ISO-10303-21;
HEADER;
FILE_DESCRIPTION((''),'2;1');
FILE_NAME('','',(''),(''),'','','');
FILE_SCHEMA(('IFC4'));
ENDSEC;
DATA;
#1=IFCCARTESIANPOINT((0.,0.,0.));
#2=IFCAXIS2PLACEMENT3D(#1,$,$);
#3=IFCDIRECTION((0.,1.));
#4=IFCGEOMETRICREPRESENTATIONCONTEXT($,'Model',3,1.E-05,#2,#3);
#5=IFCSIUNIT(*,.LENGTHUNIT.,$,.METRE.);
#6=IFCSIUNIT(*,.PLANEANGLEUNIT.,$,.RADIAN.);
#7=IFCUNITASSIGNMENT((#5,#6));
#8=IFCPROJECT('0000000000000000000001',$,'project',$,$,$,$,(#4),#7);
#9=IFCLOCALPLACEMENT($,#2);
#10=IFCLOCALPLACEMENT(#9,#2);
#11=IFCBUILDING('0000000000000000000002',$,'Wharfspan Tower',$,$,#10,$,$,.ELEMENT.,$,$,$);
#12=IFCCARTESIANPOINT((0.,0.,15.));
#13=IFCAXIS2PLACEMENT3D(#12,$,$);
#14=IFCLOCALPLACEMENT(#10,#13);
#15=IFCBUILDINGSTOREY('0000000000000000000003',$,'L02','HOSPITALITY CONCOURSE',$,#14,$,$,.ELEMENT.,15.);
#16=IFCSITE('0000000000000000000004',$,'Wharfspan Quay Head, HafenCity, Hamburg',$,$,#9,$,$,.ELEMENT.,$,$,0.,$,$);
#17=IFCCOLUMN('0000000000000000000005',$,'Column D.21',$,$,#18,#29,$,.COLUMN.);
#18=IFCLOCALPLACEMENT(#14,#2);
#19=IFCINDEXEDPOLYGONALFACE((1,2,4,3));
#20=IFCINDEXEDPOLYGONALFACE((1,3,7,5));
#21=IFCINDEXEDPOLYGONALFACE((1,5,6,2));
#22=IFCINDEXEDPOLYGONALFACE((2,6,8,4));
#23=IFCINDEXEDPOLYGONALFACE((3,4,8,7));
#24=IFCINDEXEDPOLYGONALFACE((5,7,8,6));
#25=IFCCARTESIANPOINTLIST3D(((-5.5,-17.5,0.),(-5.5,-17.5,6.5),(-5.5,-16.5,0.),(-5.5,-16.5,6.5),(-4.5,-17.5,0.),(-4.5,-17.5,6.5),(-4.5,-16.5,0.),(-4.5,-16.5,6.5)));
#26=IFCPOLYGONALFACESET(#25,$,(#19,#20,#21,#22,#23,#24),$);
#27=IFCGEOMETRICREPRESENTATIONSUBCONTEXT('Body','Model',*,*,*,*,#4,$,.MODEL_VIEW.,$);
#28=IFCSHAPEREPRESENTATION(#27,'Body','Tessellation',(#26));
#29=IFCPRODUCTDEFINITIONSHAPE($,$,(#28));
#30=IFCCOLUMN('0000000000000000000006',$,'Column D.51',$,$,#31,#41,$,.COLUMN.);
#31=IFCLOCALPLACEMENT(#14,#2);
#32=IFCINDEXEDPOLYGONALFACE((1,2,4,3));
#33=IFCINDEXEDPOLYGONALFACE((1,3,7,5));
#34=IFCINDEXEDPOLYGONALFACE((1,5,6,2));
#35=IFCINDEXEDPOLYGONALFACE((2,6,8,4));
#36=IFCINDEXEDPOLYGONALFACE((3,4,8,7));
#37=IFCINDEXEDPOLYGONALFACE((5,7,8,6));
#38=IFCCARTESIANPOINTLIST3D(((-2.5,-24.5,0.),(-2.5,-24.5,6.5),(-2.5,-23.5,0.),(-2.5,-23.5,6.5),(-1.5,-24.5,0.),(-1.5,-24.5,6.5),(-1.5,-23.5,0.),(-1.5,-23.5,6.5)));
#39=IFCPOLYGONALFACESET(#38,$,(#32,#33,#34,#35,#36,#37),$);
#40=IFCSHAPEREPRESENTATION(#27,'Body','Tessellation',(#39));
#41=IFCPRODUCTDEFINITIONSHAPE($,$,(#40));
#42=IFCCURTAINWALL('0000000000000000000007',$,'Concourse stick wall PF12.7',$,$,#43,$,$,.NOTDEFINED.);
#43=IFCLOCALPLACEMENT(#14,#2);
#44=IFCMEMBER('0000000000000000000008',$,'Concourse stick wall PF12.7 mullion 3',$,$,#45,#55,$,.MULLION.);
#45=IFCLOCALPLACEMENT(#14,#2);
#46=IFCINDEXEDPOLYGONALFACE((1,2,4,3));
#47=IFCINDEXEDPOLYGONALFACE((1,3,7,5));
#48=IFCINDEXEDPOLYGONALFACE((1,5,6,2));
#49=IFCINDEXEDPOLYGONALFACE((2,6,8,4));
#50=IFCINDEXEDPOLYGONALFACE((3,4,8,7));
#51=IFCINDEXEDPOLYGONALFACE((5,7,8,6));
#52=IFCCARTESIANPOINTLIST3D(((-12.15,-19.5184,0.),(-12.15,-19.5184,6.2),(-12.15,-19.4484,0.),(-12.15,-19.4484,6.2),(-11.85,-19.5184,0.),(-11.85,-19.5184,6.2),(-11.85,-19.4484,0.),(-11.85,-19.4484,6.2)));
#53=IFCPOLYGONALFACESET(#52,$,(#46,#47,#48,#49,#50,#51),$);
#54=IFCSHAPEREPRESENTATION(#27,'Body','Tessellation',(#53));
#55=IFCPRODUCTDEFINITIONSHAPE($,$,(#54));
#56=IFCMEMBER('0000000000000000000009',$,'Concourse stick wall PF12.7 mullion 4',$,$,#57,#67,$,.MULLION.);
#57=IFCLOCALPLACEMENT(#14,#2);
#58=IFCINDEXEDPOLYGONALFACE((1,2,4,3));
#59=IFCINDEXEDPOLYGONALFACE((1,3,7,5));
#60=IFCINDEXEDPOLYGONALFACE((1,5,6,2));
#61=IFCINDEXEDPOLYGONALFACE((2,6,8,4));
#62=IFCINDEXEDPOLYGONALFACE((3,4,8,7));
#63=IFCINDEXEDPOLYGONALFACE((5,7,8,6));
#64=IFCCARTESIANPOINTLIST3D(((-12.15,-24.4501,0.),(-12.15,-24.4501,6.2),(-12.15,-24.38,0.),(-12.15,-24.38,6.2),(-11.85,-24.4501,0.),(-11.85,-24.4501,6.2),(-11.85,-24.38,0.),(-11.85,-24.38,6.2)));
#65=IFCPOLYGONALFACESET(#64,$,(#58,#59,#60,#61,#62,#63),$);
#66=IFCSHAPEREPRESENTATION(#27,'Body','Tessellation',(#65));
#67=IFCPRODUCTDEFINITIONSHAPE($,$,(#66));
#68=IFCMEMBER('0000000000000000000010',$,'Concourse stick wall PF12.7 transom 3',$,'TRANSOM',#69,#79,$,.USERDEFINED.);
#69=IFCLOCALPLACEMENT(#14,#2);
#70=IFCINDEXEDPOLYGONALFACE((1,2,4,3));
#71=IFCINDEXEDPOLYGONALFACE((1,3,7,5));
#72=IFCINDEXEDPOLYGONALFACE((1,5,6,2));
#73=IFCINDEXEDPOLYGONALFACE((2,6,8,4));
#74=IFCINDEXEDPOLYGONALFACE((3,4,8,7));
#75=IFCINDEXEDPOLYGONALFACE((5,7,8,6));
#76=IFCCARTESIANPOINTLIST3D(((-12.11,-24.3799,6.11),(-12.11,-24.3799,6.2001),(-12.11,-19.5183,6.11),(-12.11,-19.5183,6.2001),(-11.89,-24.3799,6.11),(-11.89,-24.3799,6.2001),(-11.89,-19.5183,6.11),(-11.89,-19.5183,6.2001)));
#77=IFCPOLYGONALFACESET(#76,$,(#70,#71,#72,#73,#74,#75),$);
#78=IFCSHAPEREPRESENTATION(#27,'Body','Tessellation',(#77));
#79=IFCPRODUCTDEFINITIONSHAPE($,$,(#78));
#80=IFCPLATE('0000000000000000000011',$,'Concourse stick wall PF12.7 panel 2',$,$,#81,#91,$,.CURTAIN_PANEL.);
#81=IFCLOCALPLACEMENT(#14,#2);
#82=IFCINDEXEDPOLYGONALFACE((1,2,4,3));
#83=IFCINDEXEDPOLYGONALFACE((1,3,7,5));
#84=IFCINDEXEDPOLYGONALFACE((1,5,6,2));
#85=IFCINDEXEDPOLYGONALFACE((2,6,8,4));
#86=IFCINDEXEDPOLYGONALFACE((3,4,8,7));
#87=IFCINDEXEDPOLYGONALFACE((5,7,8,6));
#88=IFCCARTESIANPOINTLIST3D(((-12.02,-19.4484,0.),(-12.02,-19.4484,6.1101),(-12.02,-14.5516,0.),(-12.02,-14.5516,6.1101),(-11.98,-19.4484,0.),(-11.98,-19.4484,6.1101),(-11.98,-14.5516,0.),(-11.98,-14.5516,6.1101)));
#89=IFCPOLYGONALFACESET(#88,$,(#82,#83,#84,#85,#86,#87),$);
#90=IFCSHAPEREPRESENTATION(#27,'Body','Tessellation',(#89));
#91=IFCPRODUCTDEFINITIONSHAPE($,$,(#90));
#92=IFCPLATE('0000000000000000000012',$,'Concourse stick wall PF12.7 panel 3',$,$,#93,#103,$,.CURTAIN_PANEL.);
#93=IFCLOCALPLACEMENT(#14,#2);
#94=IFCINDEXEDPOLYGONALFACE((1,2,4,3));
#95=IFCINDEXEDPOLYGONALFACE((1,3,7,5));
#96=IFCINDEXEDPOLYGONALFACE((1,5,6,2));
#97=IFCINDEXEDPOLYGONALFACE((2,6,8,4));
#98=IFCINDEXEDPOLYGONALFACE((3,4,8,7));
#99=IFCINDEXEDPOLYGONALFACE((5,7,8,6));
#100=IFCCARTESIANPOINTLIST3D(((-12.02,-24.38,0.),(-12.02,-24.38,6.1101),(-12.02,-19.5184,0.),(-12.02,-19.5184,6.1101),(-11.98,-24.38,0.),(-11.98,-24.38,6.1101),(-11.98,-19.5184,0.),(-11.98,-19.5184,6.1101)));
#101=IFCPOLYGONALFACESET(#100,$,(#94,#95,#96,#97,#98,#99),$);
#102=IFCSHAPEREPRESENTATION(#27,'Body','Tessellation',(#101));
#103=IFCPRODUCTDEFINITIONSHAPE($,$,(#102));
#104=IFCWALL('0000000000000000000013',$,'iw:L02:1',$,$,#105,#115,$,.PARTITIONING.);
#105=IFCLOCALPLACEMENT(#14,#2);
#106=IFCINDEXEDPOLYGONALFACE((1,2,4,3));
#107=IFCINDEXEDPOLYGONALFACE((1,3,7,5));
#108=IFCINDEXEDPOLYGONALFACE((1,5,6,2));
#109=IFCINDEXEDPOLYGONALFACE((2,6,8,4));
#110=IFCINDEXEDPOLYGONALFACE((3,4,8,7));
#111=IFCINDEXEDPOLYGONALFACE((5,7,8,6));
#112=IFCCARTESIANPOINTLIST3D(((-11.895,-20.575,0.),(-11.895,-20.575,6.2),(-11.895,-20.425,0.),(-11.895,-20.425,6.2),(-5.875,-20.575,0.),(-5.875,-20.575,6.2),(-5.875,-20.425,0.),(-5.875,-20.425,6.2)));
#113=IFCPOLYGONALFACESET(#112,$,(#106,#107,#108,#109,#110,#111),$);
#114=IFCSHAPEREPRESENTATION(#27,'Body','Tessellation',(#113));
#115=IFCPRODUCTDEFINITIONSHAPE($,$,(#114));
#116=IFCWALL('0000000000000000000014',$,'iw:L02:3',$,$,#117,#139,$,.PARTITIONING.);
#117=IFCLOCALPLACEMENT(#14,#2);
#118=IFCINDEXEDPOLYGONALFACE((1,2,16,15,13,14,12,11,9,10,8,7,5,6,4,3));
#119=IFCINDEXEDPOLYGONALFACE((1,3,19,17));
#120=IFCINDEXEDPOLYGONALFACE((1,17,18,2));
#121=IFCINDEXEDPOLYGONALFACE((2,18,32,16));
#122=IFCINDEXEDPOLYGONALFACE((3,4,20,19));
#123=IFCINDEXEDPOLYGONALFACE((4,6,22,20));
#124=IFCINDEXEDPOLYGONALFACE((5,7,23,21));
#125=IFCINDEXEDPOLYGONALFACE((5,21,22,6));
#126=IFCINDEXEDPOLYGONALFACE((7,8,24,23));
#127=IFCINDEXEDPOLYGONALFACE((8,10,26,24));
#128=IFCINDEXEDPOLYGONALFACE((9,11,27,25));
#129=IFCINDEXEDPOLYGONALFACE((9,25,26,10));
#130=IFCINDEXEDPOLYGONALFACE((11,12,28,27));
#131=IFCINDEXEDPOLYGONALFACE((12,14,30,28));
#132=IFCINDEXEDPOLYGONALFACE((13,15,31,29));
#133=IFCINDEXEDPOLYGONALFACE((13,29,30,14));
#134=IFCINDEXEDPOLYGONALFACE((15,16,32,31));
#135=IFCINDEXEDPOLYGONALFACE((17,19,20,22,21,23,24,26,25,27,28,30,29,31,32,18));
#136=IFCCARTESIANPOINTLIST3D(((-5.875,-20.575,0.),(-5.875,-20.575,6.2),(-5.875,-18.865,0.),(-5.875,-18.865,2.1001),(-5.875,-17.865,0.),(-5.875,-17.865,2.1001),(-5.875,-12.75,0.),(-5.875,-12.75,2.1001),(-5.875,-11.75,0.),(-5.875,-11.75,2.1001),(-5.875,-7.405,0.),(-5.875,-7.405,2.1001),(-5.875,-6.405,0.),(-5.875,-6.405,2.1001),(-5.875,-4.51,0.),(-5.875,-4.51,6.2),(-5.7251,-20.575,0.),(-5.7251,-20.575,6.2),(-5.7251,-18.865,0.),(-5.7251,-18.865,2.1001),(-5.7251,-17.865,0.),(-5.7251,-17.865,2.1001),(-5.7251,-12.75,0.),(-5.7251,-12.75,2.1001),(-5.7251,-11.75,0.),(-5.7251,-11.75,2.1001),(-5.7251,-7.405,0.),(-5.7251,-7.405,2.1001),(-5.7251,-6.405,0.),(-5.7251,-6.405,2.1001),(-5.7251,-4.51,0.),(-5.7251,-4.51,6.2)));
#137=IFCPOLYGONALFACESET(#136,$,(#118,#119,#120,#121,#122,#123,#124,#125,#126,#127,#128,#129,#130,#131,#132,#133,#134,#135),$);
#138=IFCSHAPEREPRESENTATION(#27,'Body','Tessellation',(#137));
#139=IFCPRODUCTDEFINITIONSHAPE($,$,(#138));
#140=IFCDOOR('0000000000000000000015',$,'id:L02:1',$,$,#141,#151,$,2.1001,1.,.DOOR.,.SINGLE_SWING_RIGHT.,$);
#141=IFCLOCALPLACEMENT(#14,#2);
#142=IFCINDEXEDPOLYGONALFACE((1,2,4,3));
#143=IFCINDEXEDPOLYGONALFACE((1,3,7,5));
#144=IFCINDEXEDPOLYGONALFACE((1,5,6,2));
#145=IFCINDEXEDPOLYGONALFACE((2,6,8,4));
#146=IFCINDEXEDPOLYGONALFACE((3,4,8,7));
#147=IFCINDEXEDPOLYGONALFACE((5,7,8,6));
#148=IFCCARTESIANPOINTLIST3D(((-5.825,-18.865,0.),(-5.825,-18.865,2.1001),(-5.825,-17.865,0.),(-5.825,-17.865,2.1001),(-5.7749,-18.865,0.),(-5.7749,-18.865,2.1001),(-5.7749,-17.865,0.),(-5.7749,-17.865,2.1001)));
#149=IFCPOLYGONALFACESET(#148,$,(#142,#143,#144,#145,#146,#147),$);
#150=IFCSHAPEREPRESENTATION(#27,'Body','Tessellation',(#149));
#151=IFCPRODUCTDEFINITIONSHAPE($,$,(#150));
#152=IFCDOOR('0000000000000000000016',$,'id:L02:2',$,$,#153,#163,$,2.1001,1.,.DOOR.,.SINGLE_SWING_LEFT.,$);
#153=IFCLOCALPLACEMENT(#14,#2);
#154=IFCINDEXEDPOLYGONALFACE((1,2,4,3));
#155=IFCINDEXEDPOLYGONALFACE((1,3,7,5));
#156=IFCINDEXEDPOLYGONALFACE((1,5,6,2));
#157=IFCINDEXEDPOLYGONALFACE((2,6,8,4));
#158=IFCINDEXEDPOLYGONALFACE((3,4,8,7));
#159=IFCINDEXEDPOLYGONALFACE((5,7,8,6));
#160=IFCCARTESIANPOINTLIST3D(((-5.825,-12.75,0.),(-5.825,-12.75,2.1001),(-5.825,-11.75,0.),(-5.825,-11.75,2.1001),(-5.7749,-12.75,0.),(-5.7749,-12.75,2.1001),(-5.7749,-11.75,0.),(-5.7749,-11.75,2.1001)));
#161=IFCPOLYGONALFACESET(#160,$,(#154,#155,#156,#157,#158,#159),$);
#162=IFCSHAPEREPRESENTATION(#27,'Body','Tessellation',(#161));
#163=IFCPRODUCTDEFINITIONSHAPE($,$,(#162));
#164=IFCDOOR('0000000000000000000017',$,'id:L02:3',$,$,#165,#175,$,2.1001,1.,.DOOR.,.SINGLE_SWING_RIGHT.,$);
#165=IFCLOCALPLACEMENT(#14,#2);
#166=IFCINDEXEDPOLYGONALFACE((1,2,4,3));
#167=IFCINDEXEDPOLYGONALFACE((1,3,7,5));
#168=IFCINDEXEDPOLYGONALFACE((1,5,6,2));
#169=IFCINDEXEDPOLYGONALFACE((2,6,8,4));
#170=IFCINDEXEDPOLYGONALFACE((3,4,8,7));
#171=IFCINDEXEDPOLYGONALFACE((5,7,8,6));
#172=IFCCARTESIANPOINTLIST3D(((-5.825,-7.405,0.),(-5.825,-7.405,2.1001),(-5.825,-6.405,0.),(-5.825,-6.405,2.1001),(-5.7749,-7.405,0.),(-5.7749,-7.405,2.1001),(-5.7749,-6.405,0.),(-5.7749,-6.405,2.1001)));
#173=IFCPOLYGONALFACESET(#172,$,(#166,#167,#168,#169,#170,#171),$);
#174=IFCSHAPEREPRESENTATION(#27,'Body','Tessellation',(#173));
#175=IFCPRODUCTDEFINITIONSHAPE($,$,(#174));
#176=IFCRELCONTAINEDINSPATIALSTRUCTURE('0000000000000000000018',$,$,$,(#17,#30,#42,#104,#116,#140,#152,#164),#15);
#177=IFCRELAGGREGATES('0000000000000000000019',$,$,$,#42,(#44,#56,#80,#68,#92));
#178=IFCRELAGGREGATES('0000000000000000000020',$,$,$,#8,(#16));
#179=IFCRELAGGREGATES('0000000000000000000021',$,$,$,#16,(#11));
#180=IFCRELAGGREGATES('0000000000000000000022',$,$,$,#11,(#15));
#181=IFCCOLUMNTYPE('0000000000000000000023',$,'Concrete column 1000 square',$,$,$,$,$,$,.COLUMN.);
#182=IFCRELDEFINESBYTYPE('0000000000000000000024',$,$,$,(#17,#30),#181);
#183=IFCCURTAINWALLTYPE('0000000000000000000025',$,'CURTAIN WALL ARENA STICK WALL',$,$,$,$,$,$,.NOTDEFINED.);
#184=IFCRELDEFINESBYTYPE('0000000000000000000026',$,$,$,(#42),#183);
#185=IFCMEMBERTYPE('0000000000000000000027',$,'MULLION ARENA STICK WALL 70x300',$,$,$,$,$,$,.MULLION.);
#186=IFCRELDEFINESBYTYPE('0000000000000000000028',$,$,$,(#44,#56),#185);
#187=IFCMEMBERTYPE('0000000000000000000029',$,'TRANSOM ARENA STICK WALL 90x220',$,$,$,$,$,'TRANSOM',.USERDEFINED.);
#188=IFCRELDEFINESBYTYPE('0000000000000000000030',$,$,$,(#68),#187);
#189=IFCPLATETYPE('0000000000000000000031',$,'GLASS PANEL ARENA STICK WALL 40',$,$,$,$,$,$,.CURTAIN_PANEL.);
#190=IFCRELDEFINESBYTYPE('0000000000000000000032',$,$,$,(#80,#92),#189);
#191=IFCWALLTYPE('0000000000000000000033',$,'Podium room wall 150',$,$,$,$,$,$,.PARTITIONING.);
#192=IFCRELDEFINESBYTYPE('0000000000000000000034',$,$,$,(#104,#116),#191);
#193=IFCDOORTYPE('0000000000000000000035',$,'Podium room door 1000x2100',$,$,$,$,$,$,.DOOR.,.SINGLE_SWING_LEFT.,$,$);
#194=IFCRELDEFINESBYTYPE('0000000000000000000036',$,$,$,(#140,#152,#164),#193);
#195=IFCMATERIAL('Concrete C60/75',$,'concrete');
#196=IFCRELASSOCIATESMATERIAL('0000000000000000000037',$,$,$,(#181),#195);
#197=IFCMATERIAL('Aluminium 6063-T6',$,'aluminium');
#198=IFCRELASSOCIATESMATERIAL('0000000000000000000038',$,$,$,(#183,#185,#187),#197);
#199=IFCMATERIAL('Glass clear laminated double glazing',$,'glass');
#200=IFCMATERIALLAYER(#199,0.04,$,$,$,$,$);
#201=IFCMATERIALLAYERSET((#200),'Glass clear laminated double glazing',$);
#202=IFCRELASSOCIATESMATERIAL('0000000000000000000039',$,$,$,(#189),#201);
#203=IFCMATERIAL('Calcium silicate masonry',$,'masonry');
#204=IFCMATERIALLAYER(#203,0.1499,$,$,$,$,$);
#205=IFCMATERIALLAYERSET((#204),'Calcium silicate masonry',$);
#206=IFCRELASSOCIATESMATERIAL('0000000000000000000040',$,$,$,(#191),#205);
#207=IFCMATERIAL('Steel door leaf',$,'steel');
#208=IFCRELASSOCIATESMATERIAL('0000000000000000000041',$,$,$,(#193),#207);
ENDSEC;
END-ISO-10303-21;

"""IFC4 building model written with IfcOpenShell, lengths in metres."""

from ifc_helpers import new_model, si_unit, direction, frame, frame_2d, origin, origin_2d, place, context, subcontext, project, spatial, rectangle, extrude, material, layer, layer_set, material_profile, profile_set, type_object, element, fill, aggregate, save


model = new_model("IFC4")

# Units and contexts
model_context = context("Model", 3, precision=1e-05, world=origin(), true_north=direction((0.0, 1.0)))
body_context = subcontext(model_context, "Body", "Model", "MODEL_VIEW")
ifc_project = project(units=[si_unit("LENGTHUNIT", "METRE"), si_unit("PLANEANGLEUNIT", "RADIAN")], contexts=[model_context])

# Site, building, storey
site_placement = place(None, origin())
site = spatial("IfcSite", under=ifc_project, at=site_placement, Name="Wharfspan Quay Head, HafenCity, Hamburg", CompositionType="ELEMENT", RefElevation=0.0)
building_placement = place(site_placement, origin())
building = spatial("IfcBuilding", under=site, at=building_placement, Name="Wharfspan Tower", CompositionType="ELEMENT")
storey_placement = place(building_placement, frame((0.0, 0.0, 15.0)))
storey = spatial("IfcBuildingStorey", under=building, at=storey_placement, Name="L02", Description="HOSPITALITY CONCOURSE", CompositionType="ELEMENT", Elevation=15.0)

# Columns
ifc_material_1 = material(Name="Concrete C60/75", Category="concrete")
ifc_material_profile_1 = material_profile(ifc_material_1, rectangle(XDim=1.0, YDim=1.0, at=origin_2d()))
ifc_profile_set_1 = profile_set([ifc_material_profile_1], Name="Concrete C60/75")
column_type = type_object("IfcColumnType", Name="Concrete column 1000 square", PredefinedType="COLUMN", material=ifc_profile_set_1)
for number, where, z_axis, x_axis, name in (
    (1, (-5.0, -17.0, 0.0), (0.0, 0.0, 1.0), (1.0, 0.0, 0.0), "Column D.21"),
    (2, (-2.0, -24.0, 0.0), (0.0, 0.0, 1.0), (1.0, 0.0, 0.0), "Column D.51"),
):
    element("IfcColumn", number, at=place(storey_placement, frame(where, z_axis=z_axis, x_axis=x_axis)), inside=storey, type_object=column_type, Name=name, PredefinedType="COLUMN", context=body_context, shape_type="SweptSolid", body=[
        extrude(rectangle(XDim=1.0, YDim=1.0, at=origin_2d()), origin(), (0.0, 0.0, 1.0), 6.5),
    ])

# Curtain wall, members, plates
ifc_material_2 = material(Name="Aluminium 6063-T6", Category="aluminium")
curtain_wall_type = type_object("IfcCurtainWallType", Name="CURTAIN WALL ARENA STICK WALL", PredefinedType="NOTDEFINED", material=ifc_material_2)
curtain_wall_placement = place(storey_placement, origin())
curtain_wall = element("IfcCurtainWall", 3, at=curtain_wall_placement, inside=storey, type_object=curtain_wall_type, Name="Concourse stick wall PF12.7", PredefinedType="NOTDEFINED")
ifc_material_profile_2 = material_profile(ifc_material_2, rectangle(XDim=0.3, YDim=0.0701, at=origin_2d()))
ifc_profile_set_2 = profile_set([ifc_material_profile_2], Name="Aluminium 6063-T6")
member_type_1 = type_object("IfcMemberType", Name="MULLION ARENA STICK WALL 70x300", PredefinedType="MULLION", material=ifc_profile_set_2)
member_1_placement = place(storey_placement, frame((-12.0, -19.4834, 0.0), z_axis=(0.0, 0.0, 1.0), x_axis=(1.0, 0.0, 0.0)))
member_1 = element("IfcMember", 4, at=member_1_placement, type_object=member_type_1, Name="Concourse stick wall PF12.7 mullion 3", PredefinedType="MULLION", context=body_context, shape_type="SweptSolid", body=[
    extrude(rectangle(XDim=0.3, YDim=0.0701, at=origin_2d()), origin(), (0.0, 0.0, 1.0), 6.2),
])
member_2_placement = place(storey_placement, frame((-12.0, -24.415, 0.0), z_axis=(0.0, 0.0, 1.0), x_axis=(1.0, 0.0, 0.0)))
member_2 = element("IfcMember", 5, at=member_2_placement, type_object=member_type_1, Name="Concourse stick wall PF12.7 mullion 4", PredefinedType="MULLION", context=body_context, shape_type="SweptSolid", body=[
    extrude(rectangle(XDim=0.3, YDim=0.0701, at=origin_2d()), origin(), (0.0, 0.0, 1.0), 6.2),
])
ifc_material_profile_3 = material_profile(ifc_material_2, rectangle(XDim=0.22, YDim=0.0901, at=origin_2d()))
ifc_profile_set_3 = profile_set([ifc_material_profile_3], Name="Aluminium 6063-T6")
member_type_2 = type_object("IfcMemberType", Name="TRANSOM ARENA STICK WALL 90x220", ElementType="TRANSOM", PredefinedType="USERDEFINED", material=ifc_profile_set_3)
member_3_placement = place(storey_placement, frame((-12.0, -19.5183, 6.155), z_axis=(0.0, -1.0, 0.0), x_axis=(1.0, 0.0, 0.0)))
member_3 = element("IfcMember", 6, at=member_3_placement, type_object=member_type_2, Name="Concourse stick wall PF12.7 transom 3", ObjectType="TRANSOM", PredefinedType="USERDEFINED", context=body_context, shape_type="SweptSolid", body=[
    extrude(rectangle(XDim=0.22, YDim=0.0901, at=origin_2d()), origin(), (0.0, 0.0, 1.0), 4.8616),
])
ifc_material_3 = material(Name="Glass clear laminated double glazing", Category="glass")
ifc_layer_1 = layer(ifc_material_3, 0.04)
ifc_layer_set_1 = layer_set([ifc_layer_1], Name="Glass clear laminated double glazing")
plate_type = type_object("IfcPlateType", Name="GLASS PANEL ARENA STICK WALL 40", PredefinedType="CURTAIN_PANEL", material=ifc_layer_set_1)
plate_1_placement = place(storey_placement, frame((-12.0, -17.0, 0.0), z_axis=(0.0, 0.0, 1.0), x_axis=(0.0, -1.0, 0.0)))
plate_1 = element("IfcPlate", 7, at=plate_1_placement, type_object=plate_type, Name="Concourse stick wall PF12.7 panel 2", PredefinedType="CURTAIN_PANEL", context=body_context, shape_type="SweptSolid", body=[
    extrude(rectangle(XDim=4.8967, YDim=0.04, at=origin_2d()), origin(), (0.0, 0.0, 1.0), 6.1101),
])
plate_2_placement = place(storey_placement, frame((-12.0, -21.9492, 0.0), z_axis=(0.0, 0.0, 1.0), x_axis=(0.0, -1.0, 0.0)))
plate_2 = element("IfcPlate", 8, at=plate_2_placement, type_object=plate_type, Name="Concourse stick wall PF12.7 panel 3", PredefinedType="CURTAIN_PANEL", context=body_context, shape_type="SweptSolid", body=[
    extrude(rectangle(XDim=4.8616, YDim=0.04, at=origin_2d()), origin(), (0.0, 0.0, 1.0), 6.1101),
])
aggregate(curtain_wall, [member_1, member_2, plate_1, member_3, plate_2])

# Wall
ifc_material_4 = material(Name="Calcium silicate masonry", Category="masonry")
ifc_layer_2 = layer(ifc_material_4, 0.1499)
ifc_layer_set_2 = layer_set([ifc_layer_2], Name="Calcium silicate masonry")
wall_type = type_object("IfcWallType", Name="Podium room wall 150", PredefinedType="PARTITIONING", material=ifc_layer_set_2)
wall_1_placement = place(storey_placement, frame((-11.895, -20.5, 0.0), z_axis=(0.0, 0.0, 1.0), x_axis=(1.0, 0.0, 0.0)))
element("IfcWall", 9, at=wall_1_placement, inside=storey, type_object=wall_type, Name="iw:L02:1", PredefinedType="PARTITIONING", context=body_context, shape_type="SweptSolid", body=[
    extrude(rectangle(XDim=6.02, YDim=0.1499, at=frame_2d((3.01, 0.0))), origin(), (0.0, 0.0, 1.0), 6.2),
])

# Wall, openings, doors
wall_2_placement = place(storey_placement, frame((-5.8, -20.575, 0.0), z_axis=(0.0, 0.0, 1.0), x_axis=(0.0, 1.0, 0.0)))
wall_2 = element("IfcWall", 10, at=wall_2_placement, inside=storey, type_object=wall_type, Name="iw:L02:3", PredefinedType="PARTITIONING", context=body_context, shape_type="SweptSolid", body=[
    extrude(rectangle(XDim=16.0649, YDim=0.1499, at=frame_2d((8.0325, 0.0))), origin(), (0.0, 0.0, 1.0), 6.2),
])
opening_1_placement = place(wall_2_placement, frame((1.71, 0.0, 0.0)))
opening_1 = element("IfcOpeningElement", 11, at=opening_1_placement, cuts=wall_2, PredefinedType="OPENING", context=body_context, shape_type="SweptSolid", body=[
    extrude(rectangle(XDim=1.0, YDim=2.1001, at=frame_2d((0.5, 1.05))), frame((0.0, 0.085, 0.0), z_axis=(0.0, -1.0, 0.0), x_axis=(1.0, 0.0, 0.0)), (0.0, 0.0, 1.0), 0.1699),
])
opening_2_placement = place(wall_2_placement, frame((7.825, 0.0, 0.0)))
opening_2 = element("IfcOpeningElement", 12, at=opening_2_placement, cuts=wall_2, PredefinedType="OPENING", context=body_context, shape_type="SweptSolid", body=[
    extrude(rectangle(XDim=1.0, YDim=2.1001, at=frame_2d((0.5, 1.05))), frame((0.0, 0.085, 0.0), z_axis=(0.0, -1.0, 0.0), x_axis=(1.0, 0.0, 0.0)), (0.0, 0.0, 1.0), 0.1699),
])
opening_3_placement = place(wall_2_placement, frame((13.1699, 0.0, 0.0)))
opening_3 = element("IfcOpeningElement", 13, at=opening_3_placement, cuts=wall_2, PredefinedType="OPENING", context=body_context, shape_type="SweptSolid", body=[
    extrude(rectangle(XDim=1.0, YDim=2.1001, at=frame_2d((0.5, 1.05))), frame((0.0, 0.085, 0.0), z_axis=(0.0, -1.0, 0.0), x_axis=(1.0, 0.0, 0.0)), (0.0, 0.0, 1.0), 0.1699),
])
ifc_material_5 = material(Name="Steel door leaf", Category="steel")
door_type = type_object("IfcDoorType", Name="Podium room door 1000x2100", OperationType="SINGLE_SWING_LEFT", PredefinedType="DOOR", material=ifc_material_5)
door_1_placement = place(opening_1_placement, origin())
door_1 = element("IfcDoor", 14, at=door_1_placement, inside=storey, type_object=door_type, Name="id:L02:1", OperationType="SINGLE_SWING_RIGHT", OverallHeight=2.1001, OverallWidth=1.0, PredefinedType="DOOR", context=body_context, shape_type="SweptSolid", body=[
    extrude(rectangle(XDim=1.0, YDim=2.1001, at=frame_2d((0.5, 1.05))), frame((0.0, 0.0249, 0.0), z_axis=(0.0, -1.0, 0.0), x_axis=(1.0, 0.0, 0.0)), (0.0, 0.0, 1.0), 0.05),
])
fill(opening_1, door_1)
door_2_placement = place(opening_2_placement, origin())
door_2 = element("IfcDoor", 15, at=door_2_placement, inside=storey, type_object=door_type, Name="id:L02:2", OperationType="SINGLE_SWING_LEFT", OverallHeight=2.1001, OverallWidth=1.0, PredefinedType="DOOR", context=body_context, shape_type="SweptSolid", body=[
    extrude(rectangle(XDim=1.0, YDim=2.1001, at=frame_2d((0.5, 1.05))), frame((0.0, 0.0249, 0.0), z_axis=(0.0, -1.0, 0.0), x_axis=(1.0, 0.0, 0.0)), (0.0, 0.0, 1.0), 0.05),
])
fill(opening_2, door_2)
door_3_placement = place(opening_3_placement, origin())
door_3 = element("IfcDoor", 16, at=door_3_placement, inside=storey, type_object=door_type, Name="id:L02:3", OperationType="SINGLE_SWING_RIGHT", OverallHeight=2.1001, OverallWidth=1.0, PredefinedType="DOOR", context=body_context, shape_type="SweptSolid", body=[
    extrude(rectangle(XDim=1.0, YDim=2.1001, at=frame_2d((0.5, 1.05))), frame((0.0, 0.0249, 0.0), z_axis=(0.0, -1.0, 0.0), x_axis=(1.0, 0.0, 0.0)), (0.0, 0.0, 1.0), 0.05),
])
fill(opening_3, door_3)

save(model, "model.ifc")
